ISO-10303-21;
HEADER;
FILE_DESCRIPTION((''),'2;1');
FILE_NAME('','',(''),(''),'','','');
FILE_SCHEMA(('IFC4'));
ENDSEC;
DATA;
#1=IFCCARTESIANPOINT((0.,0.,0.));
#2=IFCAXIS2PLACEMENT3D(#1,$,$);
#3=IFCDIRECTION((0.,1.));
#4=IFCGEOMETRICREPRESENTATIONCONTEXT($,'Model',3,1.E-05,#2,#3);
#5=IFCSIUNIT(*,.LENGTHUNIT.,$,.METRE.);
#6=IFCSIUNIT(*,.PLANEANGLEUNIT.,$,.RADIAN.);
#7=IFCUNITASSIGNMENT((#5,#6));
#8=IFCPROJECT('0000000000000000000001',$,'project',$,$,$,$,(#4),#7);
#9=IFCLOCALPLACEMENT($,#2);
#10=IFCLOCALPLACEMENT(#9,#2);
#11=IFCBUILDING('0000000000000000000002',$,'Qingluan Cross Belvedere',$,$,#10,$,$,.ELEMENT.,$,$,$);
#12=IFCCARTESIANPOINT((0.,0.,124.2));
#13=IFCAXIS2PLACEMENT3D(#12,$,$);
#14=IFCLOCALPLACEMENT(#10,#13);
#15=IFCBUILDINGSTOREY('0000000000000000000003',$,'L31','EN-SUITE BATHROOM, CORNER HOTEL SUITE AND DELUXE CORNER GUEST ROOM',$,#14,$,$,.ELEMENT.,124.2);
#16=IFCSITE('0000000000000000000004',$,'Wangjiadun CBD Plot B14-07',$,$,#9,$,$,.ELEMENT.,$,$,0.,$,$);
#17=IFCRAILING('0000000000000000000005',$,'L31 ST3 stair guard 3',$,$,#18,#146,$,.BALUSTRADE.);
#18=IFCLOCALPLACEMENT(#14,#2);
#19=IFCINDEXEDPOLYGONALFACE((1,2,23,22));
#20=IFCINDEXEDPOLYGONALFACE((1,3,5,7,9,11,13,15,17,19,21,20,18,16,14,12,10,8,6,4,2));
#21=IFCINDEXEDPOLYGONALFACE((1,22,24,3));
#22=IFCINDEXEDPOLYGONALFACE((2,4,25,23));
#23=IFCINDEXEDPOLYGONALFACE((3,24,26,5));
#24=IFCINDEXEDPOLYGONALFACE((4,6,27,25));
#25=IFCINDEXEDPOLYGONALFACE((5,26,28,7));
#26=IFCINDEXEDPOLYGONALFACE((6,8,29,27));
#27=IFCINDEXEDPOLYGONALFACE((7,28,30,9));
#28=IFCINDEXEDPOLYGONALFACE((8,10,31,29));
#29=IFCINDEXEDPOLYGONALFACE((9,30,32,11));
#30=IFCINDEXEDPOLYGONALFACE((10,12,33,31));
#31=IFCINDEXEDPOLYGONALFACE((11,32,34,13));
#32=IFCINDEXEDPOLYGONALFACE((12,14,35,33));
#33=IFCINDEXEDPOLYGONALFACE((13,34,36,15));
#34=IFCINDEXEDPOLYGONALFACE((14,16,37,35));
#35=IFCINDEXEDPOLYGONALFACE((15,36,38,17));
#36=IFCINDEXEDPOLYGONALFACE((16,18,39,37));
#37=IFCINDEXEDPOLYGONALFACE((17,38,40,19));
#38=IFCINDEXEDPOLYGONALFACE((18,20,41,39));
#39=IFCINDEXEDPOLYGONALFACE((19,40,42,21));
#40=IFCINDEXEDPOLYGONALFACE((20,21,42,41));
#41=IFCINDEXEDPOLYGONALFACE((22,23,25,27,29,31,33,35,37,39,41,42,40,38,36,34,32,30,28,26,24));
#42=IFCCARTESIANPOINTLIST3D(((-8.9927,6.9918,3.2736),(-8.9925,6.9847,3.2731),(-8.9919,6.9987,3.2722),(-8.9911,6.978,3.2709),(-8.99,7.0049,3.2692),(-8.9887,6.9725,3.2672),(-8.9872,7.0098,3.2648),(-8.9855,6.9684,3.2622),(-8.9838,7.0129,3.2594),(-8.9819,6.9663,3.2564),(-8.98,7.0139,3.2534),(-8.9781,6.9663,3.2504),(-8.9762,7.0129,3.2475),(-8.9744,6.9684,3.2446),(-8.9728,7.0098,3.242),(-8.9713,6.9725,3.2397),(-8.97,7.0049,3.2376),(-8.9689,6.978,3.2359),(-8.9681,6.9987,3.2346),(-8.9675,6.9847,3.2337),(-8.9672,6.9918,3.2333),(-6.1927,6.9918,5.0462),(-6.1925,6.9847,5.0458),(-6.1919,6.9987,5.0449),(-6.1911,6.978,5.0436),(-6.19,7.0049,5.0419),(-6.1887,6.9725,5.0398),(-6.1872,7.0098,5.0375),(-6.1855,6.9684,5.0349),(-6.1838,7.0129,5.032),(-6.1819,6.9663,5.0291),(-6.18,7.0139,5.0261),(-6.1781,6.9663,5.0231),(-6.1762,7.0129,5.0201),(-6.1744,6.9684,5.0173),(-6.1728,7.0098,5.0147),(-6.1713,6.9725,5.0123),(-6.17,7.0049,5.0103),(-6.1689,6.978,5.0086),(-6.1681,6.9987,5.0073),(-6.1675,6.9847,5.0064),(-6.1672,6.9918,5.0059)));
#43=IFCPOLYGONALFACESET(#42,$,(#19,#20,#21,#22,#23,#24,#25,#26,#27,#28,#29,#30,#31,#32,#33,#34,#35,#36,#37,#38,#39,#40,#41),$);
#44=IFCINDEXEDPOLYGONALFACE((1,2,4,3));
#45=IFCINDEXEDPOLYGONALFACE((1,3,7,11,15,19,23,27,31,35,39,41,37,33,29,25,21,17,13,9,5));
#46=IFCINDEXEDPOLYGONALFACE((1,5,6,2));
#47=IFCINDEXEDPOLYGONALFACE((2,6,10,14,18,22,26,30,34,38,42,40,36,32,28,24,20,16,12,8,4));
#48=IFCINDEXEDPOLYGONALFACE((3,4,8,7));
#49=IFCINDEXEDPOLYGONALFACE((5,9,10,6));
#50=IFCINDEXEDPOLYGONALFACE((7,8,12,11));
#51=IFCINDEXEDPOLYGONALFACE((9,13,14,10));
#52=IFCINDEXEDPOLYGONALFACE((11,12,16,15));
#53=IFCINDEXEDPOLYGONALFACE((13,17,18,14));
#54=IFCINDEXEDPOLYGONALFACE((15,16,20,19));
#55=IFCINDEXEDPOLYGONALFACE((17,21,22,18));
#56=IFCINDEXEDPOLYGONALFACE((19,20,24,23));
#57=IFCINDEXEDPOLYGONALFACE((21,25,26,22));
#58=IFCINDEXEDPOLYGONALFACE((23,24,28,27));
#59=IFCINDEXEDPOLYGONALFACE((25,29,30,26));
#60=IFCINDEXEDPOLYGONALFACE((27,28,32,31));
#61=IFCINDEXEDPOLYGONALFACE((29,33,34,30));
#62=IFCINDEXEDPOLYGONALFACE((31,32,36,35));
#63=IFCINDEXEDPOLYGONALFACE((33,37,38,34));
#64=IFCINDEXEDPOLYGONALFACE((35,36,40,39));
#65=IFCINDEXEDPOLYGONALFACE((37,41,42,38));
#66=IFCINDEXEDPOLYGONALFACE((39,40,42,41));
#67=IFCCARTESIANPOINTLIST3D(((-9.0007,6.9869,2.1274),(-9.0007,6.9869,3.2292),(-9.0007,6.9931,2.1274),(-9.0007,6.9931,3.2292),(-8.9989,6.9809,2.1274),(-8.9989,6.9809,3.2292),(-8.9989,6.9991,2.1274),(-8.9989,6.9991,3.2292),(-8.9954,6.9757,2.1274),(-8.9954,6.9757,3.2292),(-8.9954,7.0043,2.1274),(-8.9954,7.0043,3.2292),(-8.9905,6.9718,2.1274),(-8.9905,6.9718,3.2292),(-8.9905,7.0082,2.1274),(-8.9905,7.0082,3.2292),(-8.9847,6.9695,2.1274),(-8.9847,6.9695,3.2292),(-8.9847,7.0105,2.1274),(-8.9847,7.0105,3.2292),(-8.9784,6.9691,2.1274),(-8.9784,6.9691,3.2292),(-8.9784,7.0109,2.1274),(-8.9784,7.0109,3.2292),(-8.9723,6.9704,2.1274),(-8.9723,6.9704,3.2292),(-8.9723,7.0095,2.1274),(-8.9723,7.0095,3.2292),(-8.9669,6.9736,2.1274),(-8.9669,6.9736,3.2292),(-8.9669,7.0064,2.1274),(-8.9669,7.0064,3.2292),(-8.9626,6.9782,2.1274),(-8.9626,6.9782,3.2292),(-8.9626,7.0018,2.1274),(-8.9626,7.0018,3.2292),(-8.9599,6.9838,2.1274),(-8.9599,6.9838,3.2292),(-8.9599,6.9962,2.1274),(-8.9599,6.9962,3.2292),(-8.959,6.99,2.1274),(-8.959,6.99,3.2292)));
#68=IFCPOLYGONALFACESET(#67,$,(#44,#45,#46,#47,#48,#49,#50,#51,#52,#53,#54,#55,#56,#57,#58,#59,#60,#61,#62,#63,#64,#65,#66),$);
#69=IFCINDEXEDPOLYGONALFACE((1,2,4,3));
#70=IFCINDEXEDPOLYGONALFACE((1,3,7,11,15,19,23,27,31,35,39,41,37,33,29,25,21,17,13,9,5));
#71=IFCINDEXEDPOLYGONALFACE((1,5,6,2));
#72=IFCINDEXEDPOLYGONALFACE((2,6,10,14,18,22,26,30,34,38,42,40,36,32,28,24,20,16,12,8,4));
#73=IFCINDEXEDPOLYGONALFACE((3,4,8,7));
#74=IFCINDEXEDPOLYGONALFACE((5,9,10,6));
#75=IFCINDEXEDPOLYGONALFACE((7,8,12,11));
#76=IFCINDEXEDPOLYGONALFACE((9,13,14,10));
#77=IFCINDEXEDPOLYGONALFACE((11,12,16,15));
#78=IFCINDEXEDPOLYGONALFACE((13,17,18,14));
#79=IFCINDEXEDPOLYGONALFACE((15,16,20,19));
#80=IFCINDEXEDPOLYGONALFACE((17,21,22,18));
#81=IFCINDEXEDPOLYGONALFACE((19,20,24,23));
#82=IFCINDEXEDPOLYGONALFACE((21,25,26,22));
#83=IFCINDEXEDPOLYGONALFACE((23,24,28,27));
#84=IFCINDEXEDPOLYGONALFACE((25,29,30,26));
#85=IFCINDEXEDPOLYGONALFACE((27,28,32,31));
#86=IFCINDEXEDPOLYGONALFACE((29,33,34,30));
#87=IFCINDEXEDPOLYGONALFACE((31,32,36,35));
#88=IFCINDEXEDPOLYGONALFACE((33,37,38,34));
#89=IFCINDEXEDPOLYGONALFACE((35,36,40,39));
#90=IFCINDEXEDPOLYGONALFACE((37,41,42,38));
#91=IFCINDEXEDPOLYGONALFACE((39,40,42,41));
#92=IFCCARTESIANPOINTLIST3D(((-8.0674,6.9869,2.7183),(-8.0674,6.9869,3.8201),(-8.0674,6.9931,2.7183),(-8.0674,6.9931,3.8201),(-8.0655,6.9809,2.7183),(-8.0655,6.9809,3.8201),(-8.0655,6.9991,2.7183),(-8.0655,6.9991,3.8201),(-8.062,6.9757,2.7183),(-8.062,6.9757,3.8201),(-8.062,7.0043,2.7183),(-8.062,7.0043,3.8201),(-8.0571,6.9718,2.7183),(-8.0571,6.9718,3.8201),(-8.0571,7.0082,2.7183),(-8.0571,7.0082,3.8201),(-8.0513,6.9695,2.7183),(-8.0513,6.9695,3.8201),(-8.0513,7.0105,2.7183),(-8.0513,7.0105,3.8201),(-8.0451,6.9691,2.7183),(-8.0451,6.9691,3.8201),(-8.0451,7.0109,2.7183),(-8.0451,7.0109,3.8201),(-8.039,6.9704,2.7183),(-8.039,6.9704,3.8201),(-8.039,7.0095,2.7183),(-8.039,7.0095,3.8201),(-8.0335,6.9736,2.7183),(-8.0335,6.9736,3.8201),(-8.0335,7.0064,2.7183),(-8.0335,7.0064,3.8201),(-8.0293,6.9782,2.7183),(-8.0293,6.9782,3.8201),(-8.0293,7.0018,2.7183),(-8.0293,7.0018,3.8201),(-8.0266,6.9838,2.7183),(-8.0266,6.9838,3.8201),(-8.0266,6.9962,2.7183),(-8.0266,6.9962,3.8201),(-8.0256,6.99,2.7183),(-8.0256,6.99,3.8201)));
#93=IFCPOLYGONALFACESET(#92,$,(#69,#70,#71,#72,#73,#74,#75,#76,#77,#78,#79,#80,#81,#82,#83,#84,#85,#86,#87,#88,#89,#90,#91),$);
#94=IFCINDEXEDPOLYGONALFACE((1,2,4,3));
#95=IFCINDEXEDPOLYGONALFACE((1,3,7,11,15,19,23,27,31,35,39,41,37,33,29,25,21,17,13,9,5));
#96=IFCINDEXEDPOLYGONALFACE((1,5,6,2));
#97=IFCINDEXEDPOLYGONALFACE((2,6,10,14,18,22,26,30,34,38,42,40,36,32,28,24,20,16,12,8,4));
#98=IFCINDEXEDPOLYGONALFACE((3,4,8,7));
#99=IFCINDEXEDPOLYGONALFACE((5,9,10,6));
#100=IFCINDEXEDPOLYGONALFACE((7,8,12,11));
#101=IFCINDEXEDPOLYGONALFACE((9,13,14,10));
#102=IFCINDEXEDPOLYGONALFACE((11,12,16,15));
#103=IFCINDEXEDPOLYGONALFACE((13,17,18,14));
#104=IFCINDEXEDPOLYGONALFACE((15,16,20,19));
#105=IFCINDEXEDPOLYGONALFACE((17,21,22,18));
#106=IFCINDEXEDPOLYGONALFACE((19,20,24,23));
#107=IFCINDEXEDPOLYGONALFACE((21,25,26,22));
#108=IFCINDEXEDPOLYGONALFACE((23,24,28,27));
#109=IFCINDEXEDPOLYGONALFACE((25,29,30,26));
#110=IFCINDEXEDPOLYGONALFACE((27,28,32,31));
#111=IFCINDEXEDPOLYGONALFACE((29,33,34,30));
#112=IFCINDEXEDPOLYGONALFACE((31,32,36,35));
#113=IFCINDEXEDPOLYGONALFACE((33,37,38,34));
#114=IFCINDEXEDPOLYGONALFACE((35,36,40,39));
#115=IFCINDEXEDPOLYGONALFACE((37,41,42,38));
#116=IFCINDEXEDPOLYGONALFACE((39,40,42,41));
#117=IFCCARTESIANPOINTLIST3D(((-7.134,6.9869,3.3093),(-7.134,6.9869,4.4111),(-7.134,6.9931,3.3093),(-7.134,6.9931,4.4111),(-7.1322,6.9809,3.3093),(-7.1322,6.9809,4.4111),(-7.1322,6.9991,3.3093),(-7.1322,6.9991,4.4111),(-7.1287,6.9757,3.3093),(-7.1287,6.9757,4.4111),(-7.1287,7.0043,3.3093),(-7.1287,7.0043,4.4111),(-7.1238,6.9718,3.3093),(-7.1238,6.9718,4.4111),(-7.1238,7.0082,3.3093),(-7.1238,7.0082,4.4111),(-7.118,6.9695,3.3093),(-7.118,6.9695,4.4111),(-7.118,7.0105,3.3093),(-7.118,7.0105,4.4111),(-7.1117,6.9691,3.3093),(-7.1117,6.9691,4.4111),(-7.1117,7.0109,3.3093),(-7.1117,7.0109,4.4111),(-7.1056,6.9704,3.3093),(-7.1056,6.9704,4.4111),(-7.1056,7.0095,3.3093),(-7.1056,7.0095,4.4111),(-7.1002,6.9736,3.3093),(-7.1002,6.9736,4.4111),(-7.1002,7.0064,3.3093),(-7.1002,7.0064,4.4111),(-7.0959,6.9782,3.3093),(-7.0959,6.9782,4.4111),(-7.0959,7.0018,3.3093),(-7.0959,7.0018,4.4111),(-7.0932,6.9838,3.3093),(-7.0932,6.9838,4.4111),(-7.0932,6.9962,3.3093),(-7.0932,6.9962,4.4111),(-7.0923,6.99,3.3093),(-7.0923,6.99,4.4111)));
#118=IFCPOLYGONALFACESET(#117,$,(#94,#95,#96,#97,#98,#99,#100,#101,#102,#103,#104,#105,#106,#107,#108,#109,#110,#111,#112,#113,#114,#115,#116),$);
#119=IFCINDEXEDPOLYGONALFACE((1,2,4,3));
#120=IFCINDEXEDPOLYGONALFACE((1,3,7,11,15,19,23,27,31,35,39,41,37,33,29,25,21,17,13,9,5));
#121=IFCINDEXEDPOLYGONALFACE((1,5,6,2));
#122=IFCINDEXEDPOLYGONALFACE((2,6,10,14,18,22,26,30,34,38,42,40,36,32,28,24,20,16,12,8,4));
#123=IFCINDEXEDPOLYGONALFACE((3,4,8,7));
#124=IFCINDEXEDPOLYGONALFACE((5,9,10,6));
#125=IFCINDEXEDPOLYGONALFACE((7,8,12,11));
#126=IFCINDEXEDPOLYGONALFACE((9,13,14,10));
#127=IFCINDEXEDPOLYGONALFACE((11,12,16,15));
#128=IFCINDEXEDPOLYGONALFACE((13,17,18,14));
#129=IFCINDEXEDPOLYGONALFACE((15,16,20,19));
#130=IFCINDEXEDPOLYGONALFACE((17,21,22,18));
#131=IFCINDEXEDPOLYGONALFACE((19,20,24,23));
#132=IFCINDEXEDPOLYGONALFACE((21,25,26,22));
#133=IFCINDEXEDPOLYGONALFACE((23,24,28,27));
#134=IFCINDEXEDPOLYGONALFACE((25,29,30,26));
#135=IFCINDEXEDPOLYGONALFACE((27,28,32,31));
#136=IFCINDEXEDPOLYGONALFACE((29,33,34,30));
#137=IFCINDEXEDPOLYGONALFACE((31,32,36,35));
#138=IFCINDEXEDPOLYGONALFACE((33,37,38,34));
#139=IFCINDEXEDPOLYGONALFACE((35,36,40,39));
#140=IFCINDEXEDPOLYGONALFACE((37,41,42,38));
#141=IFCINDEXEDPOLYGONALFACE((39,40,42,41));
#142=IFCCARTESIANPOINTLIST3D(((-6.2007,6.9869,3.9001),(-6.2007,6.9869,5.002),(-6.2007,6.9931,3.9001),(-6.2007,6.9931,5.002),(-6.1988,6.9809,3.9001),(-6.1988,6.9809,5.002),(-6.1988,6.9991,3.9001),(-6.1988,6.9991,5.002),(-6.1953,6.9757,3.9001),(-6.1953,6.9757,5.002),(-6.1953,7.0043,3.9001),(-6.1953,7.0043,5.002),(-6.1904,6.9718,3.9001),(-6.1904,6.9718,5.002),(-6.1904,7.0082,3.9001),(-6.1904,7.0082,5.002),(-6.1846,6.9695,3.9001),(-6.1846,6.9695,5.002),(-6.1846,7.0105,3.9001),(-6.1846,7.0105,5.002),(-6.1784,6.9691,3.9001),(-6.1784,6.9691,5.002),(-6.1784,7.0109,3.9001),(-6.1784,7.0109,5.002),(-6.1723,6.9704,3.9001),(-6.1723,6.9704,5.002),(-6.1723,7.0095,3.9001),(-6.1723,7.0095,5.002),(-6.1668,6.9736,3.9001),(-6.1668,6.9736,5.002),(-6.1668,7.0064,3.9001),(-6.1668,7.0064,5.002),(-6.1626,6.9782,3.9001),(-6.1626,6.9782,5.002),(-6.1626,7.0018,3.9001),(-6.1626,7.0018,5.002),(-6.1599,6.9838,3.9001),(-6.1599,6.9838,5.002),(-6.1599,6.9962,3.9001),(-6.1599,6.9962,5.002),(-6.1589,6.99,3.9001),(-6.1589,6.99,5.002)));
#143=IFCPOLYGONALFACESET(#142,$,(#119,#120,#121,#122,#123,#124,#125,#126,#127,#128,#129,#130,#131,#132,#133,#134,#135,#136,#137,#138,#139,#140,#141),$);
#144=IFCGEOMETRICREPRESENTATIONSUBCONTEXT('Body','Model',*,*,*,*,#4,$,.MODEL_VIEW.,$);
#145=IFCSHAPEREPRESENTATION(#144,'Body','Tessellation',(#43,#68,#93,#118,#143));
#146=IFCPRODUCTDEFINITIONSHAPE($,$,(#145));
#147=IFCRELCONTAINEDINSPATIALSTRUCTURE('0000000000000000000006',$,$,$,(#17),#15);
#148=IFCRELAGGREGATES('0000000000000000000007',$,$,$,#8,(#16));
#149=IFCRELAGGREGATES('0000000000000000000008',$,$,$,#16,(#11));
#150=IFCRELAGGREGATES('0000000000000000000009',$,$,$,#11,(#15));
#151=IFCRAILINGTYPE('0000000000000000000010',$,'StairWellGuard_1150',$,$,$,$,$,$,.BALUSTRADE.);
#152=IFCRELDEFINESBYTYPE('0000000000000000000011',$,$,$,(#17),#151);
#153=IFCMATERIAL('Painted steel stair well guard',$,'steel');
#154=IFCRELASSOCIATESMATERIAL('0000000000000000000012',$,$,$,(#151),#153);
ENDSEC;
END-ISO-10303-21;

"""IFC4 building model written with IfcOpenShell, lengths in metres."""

from ifc_helpers import new_model, si_unit, direction, frame, origin, origin_2d, place, context, subcontext, project, spatial, circle, extrude, material, type_object, element, save


model = new_model("IFC4")

# Units and contexts
model_context = context("Model", 3, precision=1e-05, world=origin(), true_north=direction((0.0, 1.0)))
body_context = subcontext(model_context, "Body", "Model", "MODEL_VIEW")
ifc_project = project(units=[si_unit("LENGTHUNIT", "METRE"), si_unit("PLANEANGLEUNIT", "RADIAN")], contexts=[model_context])

# Site, building, storey
site_placement = place(None, origin())
site = spatial("IfcSite", under=ifc_project, at=site_placement, Name="Wangjiadun CBD Plot B14-07", CompositionType="ELEMENT", RefElevation=0.0)
building_placement = place(site_placement, origin())
building = spatial("IfcBuilding", under=site, at=building_placement, Name="Qingluan Cross Belvedere", CompositionType="ELEMENT")
storey_placement = place(building_placement, frame((0.0, 0.0, 124.2)))
storey = spatial("IfcBuildingStorey", under=building, at=storey_placement, Name="L31", Description="EN-SUITE BATHROOM, CORNER HOTEL SUITE AND DELUXE CORNER GUEST ROOM", CompositionType="ELEMENT", Elevation=124.2)

# Railing
ifc_material_1 = material(Name="Painted steel stair well guard", Category="steel")
railing_type_1 = type_object("IfcRailingType", Name="StairWellGuard_1150", PredefinedType="BALUSTRADE", material=ifc_material_1)
railing_1_placement = place(storey_placement, frame((-8.98, 6.99, 2.1274)))
element("IfcRailing", 1, at=railing_1_placement, inside=storey, type_object=railing_type_1, Name="L31 ST3 stair guard 3", PredefinedType="BALUSTRADE", context=body_context, shape_type="SweptSolid", body=[
    extrude(circle(Radius=0.0239, at=origin_2d()), frame((0.0, 0.0, 1.126), z_axis=(0.844909, 0.0, 0.53491), x_axis=(0.0, 1.0, 0.0)), (0.0, 0.0, 1.0), 3.314),
    extrude(circle(Radius=0.021, at=origin_2d()), origin(), (0.0, 0.0, 1.0), 1.1018),
    extrude(circle(Radius=0.021, at=origin_2d()), frame((0.9333, 0.0, 0.5908)), (0.0, 0.0, 1.0), 1.1018),
    extrude(circle(Radius=0.021, at=origin_2d()), frame((1.8667, 0.0, 1.1819)), (0.0, 0.0, 1.0), 1.1018),
    extrude(circle(Radius=0.021, at=origin_2d()), frame((2.8, 0.0, 1.7727)), (0.0, 0.0, 1.0), 1.1018),
])

save(model, "model.ifc")
